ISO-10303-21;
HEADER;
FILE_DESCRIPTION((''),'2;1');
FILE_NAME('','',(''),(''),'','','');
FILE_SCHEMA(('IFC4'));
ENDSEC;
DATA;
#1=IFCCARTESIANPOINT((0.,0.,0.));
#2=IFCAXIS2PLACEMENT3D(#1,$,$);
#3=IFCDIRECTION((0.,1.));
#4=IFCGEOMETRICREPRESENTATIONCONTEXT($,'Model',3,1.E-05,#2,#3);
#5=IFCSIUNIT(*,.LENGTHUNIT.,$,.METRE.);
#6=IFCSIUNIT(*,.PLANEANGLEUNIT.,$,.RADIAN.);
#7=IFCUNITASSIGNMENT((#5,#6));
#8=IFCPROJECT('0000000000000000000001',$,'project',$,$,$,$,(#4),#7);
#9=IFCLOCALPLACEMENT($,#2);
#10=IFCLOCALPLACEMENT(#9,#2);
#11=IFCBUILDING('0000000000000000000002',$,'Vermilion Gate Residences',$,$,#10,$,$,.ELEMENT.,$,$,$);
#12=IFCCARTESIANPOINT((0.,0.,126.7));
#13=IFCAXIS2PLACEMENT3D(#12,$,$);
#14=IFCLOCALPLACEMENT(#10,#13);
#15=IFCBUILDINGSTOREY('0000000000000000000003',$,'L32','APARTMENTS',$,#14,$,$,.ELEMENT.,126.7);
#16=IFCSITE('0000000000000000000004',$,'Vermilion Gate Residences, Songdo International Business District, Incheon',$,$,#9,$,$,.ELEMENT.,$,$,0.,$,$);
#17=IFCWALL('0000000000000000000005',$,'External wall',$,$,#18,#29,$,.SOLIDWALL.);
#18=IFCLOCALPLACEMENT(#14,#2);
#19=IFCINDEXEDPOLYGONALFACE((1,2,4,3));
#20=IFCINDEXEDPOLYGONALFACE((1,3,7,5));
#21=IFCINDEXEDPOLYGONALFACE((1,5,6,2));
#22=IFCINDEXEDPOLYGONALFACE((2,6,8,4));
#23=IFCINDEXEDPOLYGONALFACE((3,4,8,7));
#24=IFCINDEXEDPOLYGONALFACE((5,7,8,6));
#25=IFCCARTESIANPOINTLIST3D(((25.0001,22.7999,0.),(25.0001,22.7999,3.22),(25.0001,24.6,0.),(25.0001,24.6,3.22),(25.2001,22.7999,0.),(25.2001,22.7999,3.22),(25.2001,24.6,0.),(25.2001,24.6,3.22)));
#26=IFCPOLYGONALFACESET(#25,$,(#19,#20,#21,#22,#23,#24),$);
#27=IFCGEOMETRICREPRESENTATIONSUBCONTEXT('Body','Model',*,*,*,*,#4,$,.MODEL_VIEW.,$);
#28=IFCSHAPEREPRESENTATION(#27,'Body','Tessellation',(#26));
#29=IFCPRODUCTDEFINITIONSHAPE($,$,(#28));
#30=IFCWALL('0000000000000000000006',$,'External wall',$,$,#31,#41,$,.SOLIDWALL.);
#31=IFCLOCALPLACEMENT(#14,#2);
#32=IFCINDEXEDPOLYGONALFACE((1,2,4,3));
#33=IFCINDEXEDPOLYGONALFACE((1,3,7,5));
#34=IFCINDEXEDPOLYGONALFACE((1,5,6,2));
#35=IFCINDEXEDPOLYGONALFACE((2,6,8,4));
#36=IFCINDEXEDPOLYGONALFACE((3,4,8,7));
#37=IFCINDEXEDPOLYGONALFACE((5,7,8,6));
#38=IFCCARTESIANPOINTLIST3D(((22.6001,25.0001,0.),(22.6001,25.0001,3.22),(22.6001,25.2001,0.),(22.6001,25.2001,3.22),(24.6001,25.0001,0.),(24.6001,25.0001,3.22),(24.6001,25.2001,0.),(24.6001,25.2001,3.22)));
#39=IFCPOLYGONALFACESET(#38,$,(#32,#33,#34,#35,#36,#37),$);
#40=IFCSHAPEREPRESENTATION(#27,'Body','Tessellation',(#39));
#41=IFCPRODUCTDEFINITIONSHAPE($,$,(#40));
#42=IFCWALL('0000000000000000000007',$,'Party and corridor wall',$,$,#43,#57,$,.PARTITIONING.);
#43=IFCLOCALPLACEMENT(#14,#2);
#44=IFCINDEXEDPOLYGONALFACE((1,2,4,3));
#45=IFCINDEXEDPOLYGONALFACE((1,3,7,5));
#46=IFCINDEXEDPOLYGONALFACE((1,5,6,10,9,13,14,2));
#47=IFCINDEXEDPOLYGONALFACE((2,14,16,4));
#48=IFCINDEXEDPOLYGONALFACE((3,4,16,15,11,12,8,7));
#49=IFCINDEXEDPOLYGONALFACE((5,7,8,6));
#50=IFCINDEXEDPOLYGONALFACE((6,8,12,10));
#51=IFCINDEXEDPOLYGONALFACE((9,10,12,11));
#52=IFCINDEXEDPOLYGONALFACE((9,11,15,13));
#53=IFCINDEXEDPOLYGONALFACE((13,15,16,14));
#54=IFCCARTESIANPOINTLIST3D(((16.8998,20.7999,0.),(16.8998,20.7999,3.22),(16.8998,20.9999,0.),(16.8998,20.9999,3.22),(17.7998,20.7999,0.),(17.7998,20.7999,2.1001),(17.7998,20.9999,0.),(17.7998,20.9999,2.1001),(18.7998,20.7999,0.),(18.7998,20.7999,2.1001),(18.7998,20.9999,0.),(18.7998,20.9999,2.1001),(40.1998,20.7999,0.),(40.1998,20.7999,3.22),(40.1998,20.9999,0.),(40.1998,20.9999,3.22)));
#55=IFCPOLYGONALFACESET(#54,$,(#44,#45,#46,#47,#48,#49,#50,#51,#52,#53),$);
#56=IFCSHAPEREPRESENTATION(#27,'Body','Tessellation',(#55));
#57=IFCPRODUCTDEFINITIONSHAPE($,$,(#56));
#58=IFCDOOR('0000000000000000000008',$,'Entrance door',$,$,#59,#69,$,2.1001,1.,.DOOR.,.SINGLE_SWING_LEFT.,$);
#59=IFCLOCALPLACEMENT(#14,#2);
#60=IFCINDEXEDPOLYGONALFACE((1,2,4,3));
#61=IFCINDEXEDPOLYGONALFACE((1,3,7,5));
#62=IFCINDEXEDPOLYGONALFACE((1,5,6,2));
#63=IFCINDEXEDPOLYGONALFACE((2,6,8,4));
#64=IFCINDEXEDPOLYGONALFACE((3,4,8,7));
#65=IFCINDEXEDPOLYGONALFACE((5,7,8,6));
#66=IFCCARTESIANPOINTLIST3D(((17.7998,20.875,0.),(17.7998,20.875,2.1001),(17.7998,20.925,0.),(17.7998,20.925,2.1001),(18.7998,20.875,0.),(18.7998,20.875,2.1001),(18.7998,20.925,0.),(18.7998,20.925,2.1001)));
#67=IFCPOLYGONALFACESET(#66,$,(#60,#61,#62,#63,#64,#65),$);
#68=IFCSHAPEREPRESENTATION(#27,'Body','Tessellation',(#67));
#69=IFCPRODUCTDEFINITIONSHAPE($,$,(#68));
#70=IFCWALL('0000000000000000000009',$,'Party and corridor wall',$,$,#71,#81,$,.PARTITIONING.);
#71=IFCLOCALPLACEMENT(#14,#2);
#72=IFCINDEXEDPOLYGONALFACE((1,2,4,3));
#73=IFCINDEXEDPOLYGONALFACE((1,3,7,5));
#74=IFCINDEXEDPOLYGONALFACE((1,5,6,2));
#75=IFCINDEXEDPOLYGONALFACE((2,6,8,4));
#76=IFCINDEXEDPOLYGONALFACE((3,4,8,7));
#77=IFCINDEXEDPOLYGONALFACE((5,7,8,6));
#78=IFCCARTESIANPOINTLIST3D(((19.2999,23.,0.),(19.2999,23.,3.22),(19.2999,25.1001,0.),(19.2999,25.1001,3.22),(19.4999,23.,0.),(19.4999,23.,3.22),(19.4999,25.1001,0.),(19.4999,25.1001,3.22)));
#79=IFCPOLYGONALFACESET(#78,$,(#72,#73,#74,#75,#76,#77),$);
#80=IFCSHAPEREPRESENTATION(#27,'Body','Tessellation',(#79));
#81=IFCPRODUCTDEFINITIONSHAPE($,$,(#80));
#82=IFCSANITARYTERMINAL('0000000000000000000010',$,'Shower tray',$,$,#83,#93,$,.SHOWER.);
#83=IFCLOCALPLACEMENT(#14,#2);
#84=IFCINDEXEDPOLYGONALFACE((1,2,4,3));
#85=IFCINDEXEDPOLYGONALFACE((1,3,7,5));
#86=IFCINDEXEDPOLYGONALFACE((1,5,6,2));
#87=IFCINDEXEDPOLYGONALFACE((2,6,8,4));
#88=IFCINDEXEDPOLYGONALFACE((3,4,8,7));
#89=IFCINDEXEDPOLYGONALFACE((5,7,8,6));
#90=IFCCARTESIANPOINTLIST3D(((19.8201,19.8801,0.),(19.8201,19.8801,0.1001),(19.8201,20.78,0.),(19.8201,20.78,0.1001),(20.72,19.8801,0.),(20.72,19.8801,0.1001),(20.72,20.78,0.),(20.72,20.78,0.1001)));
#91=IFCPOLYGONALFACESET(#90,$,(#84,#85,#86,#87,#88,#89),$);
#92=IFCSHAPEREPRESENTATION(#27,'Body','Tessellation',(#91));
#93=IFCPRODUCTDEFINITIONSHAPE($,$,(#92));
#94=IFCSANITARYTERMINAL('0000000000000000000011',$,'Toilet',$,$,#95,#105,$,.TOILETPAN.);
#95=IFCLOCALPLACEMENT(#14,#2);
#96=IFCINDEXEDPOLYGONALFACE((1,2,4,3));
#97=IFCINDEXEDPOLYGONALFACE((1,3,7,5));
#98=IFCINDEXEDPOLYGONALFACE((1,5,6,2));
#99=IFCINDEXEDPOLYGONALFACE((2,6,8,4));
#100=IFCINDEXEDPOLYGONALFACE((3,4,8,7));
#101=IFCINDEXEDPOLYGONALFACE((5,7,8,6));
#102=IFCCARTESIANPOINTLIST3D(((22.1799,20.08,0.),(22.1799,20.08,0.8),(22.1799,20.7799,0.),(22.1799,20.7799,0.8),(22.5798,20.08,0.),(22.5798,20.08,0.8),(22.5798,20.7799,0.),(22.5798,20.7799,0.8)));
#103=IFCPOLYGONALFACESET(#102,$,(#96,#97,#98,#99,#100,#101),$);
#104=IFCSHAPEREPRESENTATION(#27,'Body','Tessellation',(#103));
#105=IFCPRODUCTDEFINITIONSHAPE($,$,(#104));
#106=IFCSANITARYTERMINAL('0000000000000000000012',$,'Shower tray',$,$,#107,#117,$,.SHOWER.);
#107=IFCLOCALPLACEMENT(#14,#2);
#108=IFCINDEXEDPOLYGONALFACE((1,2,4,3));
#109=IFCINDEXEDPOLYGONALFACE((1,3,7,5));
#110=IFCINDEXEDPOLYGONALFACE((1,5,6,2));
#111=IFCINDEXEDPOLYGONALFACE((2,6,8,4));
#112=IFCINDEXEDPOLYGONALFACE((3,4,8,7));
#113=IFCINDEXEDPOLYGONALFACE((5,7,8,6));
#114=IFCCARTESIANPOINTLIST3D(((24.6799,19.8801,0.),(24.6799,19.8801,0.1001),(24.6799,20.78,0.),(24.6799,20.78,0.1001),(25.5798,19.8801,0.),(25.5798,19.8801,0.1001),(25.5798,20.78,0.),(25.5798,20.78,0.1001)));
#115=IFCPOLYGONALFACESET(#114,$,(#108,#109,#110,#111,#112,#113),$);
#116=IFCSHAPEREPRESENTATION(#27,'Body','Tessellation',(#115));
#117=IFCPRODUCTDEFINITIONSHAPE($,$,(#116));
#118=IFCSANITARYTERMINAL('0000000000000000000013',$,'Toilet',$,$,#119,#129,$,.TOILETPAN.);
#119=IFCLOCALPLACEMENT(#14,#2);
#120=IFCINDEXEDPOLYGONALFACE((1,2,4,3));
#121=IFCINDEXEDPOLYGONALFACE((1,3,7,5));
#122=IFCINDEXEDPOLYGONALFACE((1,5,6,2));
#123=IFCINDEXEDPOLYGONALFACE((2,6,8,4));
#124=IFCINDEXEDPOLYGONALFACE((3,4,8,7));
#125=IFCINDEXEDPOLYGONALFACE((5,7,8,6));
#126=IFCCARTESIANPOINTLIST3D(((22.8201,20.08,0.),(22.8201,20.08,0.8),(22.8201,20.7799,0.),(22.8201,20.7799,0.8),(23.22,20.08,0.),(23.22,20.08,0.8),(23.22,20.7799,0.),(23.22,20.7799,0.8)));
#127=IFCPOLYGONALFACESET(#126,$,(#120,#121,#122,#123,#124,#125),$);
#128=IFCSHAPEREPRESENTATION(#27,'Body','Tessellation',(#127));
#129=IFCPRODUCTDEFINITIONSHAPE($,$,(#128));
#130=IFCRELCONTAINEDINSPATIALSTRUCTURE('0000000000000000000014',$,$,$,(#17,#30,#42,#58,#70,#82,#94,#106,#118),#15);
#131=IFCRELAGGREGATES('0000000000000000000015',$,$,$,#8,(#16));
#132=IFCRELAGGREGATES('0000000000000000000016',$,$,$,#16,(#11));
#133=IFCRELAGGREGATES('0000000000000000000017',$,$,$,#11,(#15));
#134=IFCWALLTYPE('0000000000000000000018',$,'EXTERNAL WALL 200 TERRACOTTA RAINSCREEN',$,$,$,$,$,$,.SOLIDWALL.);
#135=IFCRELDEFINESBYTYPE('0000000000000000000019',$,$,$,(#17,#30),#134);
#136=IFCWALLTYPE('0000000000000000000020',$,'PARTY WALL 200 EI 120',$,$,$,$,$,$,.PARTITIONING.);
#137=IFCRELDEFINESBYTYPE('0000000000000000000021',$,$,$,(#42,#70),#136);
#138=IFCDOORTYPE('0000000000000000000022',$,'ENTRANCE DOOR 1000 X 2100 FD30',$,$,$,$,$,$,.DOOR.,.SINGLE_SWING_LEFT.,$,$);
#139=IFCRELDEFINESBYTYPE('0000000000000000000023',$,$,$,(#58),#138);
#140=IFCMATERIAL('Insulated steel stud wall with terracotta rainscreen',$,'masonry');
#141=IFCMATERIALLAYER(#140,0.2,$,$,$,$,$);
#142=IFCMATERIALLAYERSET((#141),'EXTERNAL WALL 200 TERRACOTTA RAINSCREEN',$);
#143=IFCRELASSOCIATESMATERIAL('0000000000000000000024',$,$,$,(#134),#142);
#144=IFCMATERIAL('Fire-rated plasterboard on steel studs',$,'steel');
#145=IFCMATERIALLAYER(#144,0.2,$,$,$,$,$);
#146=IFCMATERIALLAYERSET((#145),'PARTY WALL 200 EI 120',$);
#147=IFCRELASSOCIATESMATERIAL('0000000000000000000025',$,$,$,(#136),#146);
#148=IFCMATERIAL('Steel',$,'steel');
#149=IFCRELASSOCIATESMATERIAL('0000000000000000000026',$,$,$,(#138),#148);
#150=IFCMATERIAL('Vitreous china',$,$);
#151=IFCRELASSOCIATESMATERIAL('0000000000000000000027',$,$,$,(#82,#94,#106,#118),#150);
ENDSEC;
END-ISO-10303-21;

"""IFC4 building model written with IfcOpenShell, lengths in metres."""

from ifc_helpers import new_model, si_unit, direction, frame, frame_2d, origin, origin_2d, place, context, subcontext, project, spatial, rectangle, extrude, material, layer, layer_set, type_object, element, fill, save


model = new_model("IFC4")

# Units and contexts
model_context = context("Model", 3, precision=1e-05, world=origin(), true_north=direction((0.0, 1.0)))
body_context = subcontext(model_context, "Body", "Model", "MODEL_VIEW")
ifc_project = project(units=[si_unit("LENGTHUNIT", "METRE"), si_unit("PLANEANGLEUNIT", "RADIAN")], contexts=[model_context])

# Site, building, storey
site_placement = place(None, origin())
site = spatial("IfcSite", under=ifc_project, at=site_placement, Name="Vermilion Gate Residences, Songdo International Business District, Incheon", CompositionType="ELEMENT", RefElevation=0.0)
building_placement = place(site_placement, origin())
building = spatial("IfcBuilding", under=site, at=building_placement, Name="Vermilion Gate Residences", CompositionType="ELEMENT")
storey_placement = place(building_placement, frame((0.0, 0.0, 126.7)))
storey = spatial("IfcBuildingStorey", under=building, at=storey_placement, Name="L32", Description="APARTMENTS", CompositionType="ELEMENT", Elevation=126.7)

# Walls
ifc_material_1 = material(Name="Insulated steel stud wall with terracotta rainscreen", Category="masonry")
ifc_layer_1 = layer(ifc_material_1, 0.2)
ifc_layer_set_1 = layer_set([ifc_layer_1], Name="EXTERNAL WALL 200 TERRACOTTA RAINSCREEN")
wall_type_1 = type_object("IfcWallType", Name="EXTERNAL WALL 200 TERRACOTTA RAINSCREEN", PredefinedType="SOLIDWALL", material=ifc_layer_set_1)
wall_1_placement = place(storey_placement, frame((25.1001, 22.8, 0.0), z_axis=(0.0, 0.0, 1.0), x_axis=(0.0, 1.0, 0.0)))
element("IfcWall", 1, at=wall_1_placement, inside=storey, type_object=wall_type_1, Name="External wall", PredefinedType="SOLIDWALL", context=body_context, shape_type="SweptSolid", body=[
    extrude(rectangle(XDim=1.8, YDim=0.2, at=frame_2d((0.8999, 0.0))), origin(), (0.0, 0.0, 1.0), 3.22),
])
wall_2_placement = place(storey_placement, frame((24.6001, 25.1001, 0.0), z_axis=(0.0, 0.0, 1.0), x_axis=(-1.0, 0.0, 0.0)))
element("IfcWall", 2, at=wall_2_placement, inside=storey, type_object=wall_type_1, Name="External wall", PredefinedType="SOLIDWALL", context=body_context, shape_type="SweptSolid", body=[
    extrude(rectangle(XDim=2.0, YDim=0.2, at=frame_2d((1.0, 0.0))), origin(), (0.0, 0.0, 1.0), 3.22),
])

# Wall, opening, door
ifc_material_2 = material(Name="Fire-rated plasterboard on steel studs", Category="steel")
ifc_layer_2 = layer(ifc_material_2, 0.2)
ifc_layer_set_2 = layer_set([ifc_layer_2], Name="PARTY WALL 200 EI 120")
wall_type_2 = type_object("IfcWallType", Name="PARTY WALL 200 EI 120", PredefinedType="PARTITIONING", material=ifc_layer_set_2)
wall_3_placement = place(storey_placement, frame((16.8999, 20.8999, 0.0), z_axis=(0.0, 0.0, 1.0), x_axis=(1.0, 0.0, 0.0)))
wall_3 = element("IfcWall", 3, at=wall_3_placement, inside=storey, type_object=wall_type_2, Name="Party and corridor wall", PredefinedType="PARTITIONING", context=body_context, shape_type="SweptSolid", body=[
    extrude(rectangle(XDim=23.3, YDim=0.2, at=frame_2d((11.6499, 0.0))), origin(), (0.0, 0.0, 1.0), 3.22),
])
opening_placement = place(wall_3_placement, frame((0.8999, 0.0, 0.0)))
opening = element("IfcOpeningElement", 4, at=opening_placement, cuts=wall_3, PredefinedType="OPENING", context=body_context, shape_type="SweptSolid", body=[
    extrude(rectangle(XDim=1.0, YDim=2.1001, at=frame_2d((0.5, 1.05))), frame((0.0, 0.1099, 0.0), z_axis=(0.0, -1.0, 0.0), x_axis=(1.0, 0.0, 0.0)), (0.0, 0.0, 1.0), 0.22),
])
ifc_material_3 = material(Name="Steel", Category="steel")
door_type = type_object("IfcDoorType", Name="ENTRANCE DOOR 1000 X 2100 FD30", OperationType="SINGLE_SWING_LEFT", PredefinedType="DOOR", material=ifc_material_3)
door_placement = place(opening_placement, frame((1.0, 0.0, 0.0), z_axis=(0.0, 0.0, 1.0), x_axis=(-1.0, 0.0, 0.0)))
door = element("IfcDoor", 5, at=door_placement, inside=storey, type_object=door_type, Name="Entrance door", OperationType="SINGLE_SWING_LEFT", OverallHeight=2.1001, OverallWidth=1.0, PredefinedType="DOOR", context=body_context, shape_type="SweptSolid", body=[
    extrude(rectangle(XDim=1.0, YDim=2.1001, at=frame_2d((0.5, 1.05))), frame((0.0, 0.0249, 0.0), z_axis=(0.0, -1.0, 0.0), x_axis=(1.0, 0.0, 0.0)), (0.0, 0.0, 1.0), 0.05),
])
fill(opening, door)

# Wall
wall_4_placement = place(storey_placement, frame((19.3999, 23.0, 0.0), z_axis=(0.0, 0.0, 1.0), x_axis=(0.0, 1.0, 0.0)))
element("IfcWall", 6, at=wall_4_placement, inside=storey, type_object=wall_type_2, Name="Party and corridor wall", PredefinedType="PARTITIONING", context=body_context, shape_type="SweptSolid", body=[
    extrude(rectangle(XDim=2.1001, YDim=0.2, at=frame_2d((1.05, 0.0))), origin(), (0.0, 0.0, 1.0), 3.22),
])

# Sanitary terminals
ifc_material_4 = material(Name="Vitreous china")
sanitary_terminal_1_placement = place(storey_placement, frame((20.27, 20.3301, 0.0), z_axis=(0.0, 0.0, 1.0), x_axis=(1.0, 0.0, 0.0)))
element("IfcSanitaryTerminal", 7, at=sanitary_terminal_1_placement, inside=storey, material=ifc_material_4, Name="Shower tray", PredefinedType="SHOWER", context=body_context, shape_type="SweptSolid", body=[
    extrude(rectangle(XDim=0.8999, YDim=0.8999, at=origin_2d()), origin(), (0.0, 0.0, 1.0), 0.1001),
])
sanitary_terminal_2_placement = place(storey_placement, frame((22.3799, 20.4299, 0.0), z_axis=(0.0, 0.0, 1.0), x_axis=(1.0, 0.0, 0.0)))
element("IfcSanitaryTerminal", 8, at=sanitary_terminal_2_placement, inside=storey, material=ifc_material_4, Name="Toilet", PredefinedType="TOILETPAN", context=body_context, shape_type="SweptSolid", body=[
    extrude(rectangle(XDim=0.3999, YDim=0.7, at=origin_2d()), origin(), (0.0, 0.0, 1.0), 0.8),
])
sanitary_terminal_3_placement = place(storey_placement, frame((25.1299, 20.3301, 0.0), z_axis=(0.0, 0.0, 1.0), x_axis=(1.0, 0.0, 0.0)))
element("IfcSanitaryTerminal", 9, at=sanitary_terminal_3_placement, inside=storey, material=ifc_material_4, Name="Shower tray", PredefinedType="SHOWER", context=body_context, shape_type="SweptSolid", body=[
    extrude(rectangle(XDim=0.8999, YDim=0.8999, at=origin_2d()), origin(), (0.0, 0.0, 1.0), 0.1001),
])
sanitary_terminal_4_placement = place(storey_placement, frame((23.02, 20.4299, 0.0), z_axis=(0.0, 0.0, 1.0), x_axis=(1.0, 0.0, 0.0)))
element("IfcSanitaryTerminal", 10, at=sanitary_terminal_4_placement, inside=storey, material=ifc_material_4, Name="Toilet", PredefinedType="TOILETPAN", context=body_context, shape_type="SweptSolid", body=[
    extrude(rectangle(XDim=0.3999, YDim=0.7, at=origin_2d()), origin(), (0.0, 0.0, 1.0), 0.8),
])

save(model, "model.ifc")
